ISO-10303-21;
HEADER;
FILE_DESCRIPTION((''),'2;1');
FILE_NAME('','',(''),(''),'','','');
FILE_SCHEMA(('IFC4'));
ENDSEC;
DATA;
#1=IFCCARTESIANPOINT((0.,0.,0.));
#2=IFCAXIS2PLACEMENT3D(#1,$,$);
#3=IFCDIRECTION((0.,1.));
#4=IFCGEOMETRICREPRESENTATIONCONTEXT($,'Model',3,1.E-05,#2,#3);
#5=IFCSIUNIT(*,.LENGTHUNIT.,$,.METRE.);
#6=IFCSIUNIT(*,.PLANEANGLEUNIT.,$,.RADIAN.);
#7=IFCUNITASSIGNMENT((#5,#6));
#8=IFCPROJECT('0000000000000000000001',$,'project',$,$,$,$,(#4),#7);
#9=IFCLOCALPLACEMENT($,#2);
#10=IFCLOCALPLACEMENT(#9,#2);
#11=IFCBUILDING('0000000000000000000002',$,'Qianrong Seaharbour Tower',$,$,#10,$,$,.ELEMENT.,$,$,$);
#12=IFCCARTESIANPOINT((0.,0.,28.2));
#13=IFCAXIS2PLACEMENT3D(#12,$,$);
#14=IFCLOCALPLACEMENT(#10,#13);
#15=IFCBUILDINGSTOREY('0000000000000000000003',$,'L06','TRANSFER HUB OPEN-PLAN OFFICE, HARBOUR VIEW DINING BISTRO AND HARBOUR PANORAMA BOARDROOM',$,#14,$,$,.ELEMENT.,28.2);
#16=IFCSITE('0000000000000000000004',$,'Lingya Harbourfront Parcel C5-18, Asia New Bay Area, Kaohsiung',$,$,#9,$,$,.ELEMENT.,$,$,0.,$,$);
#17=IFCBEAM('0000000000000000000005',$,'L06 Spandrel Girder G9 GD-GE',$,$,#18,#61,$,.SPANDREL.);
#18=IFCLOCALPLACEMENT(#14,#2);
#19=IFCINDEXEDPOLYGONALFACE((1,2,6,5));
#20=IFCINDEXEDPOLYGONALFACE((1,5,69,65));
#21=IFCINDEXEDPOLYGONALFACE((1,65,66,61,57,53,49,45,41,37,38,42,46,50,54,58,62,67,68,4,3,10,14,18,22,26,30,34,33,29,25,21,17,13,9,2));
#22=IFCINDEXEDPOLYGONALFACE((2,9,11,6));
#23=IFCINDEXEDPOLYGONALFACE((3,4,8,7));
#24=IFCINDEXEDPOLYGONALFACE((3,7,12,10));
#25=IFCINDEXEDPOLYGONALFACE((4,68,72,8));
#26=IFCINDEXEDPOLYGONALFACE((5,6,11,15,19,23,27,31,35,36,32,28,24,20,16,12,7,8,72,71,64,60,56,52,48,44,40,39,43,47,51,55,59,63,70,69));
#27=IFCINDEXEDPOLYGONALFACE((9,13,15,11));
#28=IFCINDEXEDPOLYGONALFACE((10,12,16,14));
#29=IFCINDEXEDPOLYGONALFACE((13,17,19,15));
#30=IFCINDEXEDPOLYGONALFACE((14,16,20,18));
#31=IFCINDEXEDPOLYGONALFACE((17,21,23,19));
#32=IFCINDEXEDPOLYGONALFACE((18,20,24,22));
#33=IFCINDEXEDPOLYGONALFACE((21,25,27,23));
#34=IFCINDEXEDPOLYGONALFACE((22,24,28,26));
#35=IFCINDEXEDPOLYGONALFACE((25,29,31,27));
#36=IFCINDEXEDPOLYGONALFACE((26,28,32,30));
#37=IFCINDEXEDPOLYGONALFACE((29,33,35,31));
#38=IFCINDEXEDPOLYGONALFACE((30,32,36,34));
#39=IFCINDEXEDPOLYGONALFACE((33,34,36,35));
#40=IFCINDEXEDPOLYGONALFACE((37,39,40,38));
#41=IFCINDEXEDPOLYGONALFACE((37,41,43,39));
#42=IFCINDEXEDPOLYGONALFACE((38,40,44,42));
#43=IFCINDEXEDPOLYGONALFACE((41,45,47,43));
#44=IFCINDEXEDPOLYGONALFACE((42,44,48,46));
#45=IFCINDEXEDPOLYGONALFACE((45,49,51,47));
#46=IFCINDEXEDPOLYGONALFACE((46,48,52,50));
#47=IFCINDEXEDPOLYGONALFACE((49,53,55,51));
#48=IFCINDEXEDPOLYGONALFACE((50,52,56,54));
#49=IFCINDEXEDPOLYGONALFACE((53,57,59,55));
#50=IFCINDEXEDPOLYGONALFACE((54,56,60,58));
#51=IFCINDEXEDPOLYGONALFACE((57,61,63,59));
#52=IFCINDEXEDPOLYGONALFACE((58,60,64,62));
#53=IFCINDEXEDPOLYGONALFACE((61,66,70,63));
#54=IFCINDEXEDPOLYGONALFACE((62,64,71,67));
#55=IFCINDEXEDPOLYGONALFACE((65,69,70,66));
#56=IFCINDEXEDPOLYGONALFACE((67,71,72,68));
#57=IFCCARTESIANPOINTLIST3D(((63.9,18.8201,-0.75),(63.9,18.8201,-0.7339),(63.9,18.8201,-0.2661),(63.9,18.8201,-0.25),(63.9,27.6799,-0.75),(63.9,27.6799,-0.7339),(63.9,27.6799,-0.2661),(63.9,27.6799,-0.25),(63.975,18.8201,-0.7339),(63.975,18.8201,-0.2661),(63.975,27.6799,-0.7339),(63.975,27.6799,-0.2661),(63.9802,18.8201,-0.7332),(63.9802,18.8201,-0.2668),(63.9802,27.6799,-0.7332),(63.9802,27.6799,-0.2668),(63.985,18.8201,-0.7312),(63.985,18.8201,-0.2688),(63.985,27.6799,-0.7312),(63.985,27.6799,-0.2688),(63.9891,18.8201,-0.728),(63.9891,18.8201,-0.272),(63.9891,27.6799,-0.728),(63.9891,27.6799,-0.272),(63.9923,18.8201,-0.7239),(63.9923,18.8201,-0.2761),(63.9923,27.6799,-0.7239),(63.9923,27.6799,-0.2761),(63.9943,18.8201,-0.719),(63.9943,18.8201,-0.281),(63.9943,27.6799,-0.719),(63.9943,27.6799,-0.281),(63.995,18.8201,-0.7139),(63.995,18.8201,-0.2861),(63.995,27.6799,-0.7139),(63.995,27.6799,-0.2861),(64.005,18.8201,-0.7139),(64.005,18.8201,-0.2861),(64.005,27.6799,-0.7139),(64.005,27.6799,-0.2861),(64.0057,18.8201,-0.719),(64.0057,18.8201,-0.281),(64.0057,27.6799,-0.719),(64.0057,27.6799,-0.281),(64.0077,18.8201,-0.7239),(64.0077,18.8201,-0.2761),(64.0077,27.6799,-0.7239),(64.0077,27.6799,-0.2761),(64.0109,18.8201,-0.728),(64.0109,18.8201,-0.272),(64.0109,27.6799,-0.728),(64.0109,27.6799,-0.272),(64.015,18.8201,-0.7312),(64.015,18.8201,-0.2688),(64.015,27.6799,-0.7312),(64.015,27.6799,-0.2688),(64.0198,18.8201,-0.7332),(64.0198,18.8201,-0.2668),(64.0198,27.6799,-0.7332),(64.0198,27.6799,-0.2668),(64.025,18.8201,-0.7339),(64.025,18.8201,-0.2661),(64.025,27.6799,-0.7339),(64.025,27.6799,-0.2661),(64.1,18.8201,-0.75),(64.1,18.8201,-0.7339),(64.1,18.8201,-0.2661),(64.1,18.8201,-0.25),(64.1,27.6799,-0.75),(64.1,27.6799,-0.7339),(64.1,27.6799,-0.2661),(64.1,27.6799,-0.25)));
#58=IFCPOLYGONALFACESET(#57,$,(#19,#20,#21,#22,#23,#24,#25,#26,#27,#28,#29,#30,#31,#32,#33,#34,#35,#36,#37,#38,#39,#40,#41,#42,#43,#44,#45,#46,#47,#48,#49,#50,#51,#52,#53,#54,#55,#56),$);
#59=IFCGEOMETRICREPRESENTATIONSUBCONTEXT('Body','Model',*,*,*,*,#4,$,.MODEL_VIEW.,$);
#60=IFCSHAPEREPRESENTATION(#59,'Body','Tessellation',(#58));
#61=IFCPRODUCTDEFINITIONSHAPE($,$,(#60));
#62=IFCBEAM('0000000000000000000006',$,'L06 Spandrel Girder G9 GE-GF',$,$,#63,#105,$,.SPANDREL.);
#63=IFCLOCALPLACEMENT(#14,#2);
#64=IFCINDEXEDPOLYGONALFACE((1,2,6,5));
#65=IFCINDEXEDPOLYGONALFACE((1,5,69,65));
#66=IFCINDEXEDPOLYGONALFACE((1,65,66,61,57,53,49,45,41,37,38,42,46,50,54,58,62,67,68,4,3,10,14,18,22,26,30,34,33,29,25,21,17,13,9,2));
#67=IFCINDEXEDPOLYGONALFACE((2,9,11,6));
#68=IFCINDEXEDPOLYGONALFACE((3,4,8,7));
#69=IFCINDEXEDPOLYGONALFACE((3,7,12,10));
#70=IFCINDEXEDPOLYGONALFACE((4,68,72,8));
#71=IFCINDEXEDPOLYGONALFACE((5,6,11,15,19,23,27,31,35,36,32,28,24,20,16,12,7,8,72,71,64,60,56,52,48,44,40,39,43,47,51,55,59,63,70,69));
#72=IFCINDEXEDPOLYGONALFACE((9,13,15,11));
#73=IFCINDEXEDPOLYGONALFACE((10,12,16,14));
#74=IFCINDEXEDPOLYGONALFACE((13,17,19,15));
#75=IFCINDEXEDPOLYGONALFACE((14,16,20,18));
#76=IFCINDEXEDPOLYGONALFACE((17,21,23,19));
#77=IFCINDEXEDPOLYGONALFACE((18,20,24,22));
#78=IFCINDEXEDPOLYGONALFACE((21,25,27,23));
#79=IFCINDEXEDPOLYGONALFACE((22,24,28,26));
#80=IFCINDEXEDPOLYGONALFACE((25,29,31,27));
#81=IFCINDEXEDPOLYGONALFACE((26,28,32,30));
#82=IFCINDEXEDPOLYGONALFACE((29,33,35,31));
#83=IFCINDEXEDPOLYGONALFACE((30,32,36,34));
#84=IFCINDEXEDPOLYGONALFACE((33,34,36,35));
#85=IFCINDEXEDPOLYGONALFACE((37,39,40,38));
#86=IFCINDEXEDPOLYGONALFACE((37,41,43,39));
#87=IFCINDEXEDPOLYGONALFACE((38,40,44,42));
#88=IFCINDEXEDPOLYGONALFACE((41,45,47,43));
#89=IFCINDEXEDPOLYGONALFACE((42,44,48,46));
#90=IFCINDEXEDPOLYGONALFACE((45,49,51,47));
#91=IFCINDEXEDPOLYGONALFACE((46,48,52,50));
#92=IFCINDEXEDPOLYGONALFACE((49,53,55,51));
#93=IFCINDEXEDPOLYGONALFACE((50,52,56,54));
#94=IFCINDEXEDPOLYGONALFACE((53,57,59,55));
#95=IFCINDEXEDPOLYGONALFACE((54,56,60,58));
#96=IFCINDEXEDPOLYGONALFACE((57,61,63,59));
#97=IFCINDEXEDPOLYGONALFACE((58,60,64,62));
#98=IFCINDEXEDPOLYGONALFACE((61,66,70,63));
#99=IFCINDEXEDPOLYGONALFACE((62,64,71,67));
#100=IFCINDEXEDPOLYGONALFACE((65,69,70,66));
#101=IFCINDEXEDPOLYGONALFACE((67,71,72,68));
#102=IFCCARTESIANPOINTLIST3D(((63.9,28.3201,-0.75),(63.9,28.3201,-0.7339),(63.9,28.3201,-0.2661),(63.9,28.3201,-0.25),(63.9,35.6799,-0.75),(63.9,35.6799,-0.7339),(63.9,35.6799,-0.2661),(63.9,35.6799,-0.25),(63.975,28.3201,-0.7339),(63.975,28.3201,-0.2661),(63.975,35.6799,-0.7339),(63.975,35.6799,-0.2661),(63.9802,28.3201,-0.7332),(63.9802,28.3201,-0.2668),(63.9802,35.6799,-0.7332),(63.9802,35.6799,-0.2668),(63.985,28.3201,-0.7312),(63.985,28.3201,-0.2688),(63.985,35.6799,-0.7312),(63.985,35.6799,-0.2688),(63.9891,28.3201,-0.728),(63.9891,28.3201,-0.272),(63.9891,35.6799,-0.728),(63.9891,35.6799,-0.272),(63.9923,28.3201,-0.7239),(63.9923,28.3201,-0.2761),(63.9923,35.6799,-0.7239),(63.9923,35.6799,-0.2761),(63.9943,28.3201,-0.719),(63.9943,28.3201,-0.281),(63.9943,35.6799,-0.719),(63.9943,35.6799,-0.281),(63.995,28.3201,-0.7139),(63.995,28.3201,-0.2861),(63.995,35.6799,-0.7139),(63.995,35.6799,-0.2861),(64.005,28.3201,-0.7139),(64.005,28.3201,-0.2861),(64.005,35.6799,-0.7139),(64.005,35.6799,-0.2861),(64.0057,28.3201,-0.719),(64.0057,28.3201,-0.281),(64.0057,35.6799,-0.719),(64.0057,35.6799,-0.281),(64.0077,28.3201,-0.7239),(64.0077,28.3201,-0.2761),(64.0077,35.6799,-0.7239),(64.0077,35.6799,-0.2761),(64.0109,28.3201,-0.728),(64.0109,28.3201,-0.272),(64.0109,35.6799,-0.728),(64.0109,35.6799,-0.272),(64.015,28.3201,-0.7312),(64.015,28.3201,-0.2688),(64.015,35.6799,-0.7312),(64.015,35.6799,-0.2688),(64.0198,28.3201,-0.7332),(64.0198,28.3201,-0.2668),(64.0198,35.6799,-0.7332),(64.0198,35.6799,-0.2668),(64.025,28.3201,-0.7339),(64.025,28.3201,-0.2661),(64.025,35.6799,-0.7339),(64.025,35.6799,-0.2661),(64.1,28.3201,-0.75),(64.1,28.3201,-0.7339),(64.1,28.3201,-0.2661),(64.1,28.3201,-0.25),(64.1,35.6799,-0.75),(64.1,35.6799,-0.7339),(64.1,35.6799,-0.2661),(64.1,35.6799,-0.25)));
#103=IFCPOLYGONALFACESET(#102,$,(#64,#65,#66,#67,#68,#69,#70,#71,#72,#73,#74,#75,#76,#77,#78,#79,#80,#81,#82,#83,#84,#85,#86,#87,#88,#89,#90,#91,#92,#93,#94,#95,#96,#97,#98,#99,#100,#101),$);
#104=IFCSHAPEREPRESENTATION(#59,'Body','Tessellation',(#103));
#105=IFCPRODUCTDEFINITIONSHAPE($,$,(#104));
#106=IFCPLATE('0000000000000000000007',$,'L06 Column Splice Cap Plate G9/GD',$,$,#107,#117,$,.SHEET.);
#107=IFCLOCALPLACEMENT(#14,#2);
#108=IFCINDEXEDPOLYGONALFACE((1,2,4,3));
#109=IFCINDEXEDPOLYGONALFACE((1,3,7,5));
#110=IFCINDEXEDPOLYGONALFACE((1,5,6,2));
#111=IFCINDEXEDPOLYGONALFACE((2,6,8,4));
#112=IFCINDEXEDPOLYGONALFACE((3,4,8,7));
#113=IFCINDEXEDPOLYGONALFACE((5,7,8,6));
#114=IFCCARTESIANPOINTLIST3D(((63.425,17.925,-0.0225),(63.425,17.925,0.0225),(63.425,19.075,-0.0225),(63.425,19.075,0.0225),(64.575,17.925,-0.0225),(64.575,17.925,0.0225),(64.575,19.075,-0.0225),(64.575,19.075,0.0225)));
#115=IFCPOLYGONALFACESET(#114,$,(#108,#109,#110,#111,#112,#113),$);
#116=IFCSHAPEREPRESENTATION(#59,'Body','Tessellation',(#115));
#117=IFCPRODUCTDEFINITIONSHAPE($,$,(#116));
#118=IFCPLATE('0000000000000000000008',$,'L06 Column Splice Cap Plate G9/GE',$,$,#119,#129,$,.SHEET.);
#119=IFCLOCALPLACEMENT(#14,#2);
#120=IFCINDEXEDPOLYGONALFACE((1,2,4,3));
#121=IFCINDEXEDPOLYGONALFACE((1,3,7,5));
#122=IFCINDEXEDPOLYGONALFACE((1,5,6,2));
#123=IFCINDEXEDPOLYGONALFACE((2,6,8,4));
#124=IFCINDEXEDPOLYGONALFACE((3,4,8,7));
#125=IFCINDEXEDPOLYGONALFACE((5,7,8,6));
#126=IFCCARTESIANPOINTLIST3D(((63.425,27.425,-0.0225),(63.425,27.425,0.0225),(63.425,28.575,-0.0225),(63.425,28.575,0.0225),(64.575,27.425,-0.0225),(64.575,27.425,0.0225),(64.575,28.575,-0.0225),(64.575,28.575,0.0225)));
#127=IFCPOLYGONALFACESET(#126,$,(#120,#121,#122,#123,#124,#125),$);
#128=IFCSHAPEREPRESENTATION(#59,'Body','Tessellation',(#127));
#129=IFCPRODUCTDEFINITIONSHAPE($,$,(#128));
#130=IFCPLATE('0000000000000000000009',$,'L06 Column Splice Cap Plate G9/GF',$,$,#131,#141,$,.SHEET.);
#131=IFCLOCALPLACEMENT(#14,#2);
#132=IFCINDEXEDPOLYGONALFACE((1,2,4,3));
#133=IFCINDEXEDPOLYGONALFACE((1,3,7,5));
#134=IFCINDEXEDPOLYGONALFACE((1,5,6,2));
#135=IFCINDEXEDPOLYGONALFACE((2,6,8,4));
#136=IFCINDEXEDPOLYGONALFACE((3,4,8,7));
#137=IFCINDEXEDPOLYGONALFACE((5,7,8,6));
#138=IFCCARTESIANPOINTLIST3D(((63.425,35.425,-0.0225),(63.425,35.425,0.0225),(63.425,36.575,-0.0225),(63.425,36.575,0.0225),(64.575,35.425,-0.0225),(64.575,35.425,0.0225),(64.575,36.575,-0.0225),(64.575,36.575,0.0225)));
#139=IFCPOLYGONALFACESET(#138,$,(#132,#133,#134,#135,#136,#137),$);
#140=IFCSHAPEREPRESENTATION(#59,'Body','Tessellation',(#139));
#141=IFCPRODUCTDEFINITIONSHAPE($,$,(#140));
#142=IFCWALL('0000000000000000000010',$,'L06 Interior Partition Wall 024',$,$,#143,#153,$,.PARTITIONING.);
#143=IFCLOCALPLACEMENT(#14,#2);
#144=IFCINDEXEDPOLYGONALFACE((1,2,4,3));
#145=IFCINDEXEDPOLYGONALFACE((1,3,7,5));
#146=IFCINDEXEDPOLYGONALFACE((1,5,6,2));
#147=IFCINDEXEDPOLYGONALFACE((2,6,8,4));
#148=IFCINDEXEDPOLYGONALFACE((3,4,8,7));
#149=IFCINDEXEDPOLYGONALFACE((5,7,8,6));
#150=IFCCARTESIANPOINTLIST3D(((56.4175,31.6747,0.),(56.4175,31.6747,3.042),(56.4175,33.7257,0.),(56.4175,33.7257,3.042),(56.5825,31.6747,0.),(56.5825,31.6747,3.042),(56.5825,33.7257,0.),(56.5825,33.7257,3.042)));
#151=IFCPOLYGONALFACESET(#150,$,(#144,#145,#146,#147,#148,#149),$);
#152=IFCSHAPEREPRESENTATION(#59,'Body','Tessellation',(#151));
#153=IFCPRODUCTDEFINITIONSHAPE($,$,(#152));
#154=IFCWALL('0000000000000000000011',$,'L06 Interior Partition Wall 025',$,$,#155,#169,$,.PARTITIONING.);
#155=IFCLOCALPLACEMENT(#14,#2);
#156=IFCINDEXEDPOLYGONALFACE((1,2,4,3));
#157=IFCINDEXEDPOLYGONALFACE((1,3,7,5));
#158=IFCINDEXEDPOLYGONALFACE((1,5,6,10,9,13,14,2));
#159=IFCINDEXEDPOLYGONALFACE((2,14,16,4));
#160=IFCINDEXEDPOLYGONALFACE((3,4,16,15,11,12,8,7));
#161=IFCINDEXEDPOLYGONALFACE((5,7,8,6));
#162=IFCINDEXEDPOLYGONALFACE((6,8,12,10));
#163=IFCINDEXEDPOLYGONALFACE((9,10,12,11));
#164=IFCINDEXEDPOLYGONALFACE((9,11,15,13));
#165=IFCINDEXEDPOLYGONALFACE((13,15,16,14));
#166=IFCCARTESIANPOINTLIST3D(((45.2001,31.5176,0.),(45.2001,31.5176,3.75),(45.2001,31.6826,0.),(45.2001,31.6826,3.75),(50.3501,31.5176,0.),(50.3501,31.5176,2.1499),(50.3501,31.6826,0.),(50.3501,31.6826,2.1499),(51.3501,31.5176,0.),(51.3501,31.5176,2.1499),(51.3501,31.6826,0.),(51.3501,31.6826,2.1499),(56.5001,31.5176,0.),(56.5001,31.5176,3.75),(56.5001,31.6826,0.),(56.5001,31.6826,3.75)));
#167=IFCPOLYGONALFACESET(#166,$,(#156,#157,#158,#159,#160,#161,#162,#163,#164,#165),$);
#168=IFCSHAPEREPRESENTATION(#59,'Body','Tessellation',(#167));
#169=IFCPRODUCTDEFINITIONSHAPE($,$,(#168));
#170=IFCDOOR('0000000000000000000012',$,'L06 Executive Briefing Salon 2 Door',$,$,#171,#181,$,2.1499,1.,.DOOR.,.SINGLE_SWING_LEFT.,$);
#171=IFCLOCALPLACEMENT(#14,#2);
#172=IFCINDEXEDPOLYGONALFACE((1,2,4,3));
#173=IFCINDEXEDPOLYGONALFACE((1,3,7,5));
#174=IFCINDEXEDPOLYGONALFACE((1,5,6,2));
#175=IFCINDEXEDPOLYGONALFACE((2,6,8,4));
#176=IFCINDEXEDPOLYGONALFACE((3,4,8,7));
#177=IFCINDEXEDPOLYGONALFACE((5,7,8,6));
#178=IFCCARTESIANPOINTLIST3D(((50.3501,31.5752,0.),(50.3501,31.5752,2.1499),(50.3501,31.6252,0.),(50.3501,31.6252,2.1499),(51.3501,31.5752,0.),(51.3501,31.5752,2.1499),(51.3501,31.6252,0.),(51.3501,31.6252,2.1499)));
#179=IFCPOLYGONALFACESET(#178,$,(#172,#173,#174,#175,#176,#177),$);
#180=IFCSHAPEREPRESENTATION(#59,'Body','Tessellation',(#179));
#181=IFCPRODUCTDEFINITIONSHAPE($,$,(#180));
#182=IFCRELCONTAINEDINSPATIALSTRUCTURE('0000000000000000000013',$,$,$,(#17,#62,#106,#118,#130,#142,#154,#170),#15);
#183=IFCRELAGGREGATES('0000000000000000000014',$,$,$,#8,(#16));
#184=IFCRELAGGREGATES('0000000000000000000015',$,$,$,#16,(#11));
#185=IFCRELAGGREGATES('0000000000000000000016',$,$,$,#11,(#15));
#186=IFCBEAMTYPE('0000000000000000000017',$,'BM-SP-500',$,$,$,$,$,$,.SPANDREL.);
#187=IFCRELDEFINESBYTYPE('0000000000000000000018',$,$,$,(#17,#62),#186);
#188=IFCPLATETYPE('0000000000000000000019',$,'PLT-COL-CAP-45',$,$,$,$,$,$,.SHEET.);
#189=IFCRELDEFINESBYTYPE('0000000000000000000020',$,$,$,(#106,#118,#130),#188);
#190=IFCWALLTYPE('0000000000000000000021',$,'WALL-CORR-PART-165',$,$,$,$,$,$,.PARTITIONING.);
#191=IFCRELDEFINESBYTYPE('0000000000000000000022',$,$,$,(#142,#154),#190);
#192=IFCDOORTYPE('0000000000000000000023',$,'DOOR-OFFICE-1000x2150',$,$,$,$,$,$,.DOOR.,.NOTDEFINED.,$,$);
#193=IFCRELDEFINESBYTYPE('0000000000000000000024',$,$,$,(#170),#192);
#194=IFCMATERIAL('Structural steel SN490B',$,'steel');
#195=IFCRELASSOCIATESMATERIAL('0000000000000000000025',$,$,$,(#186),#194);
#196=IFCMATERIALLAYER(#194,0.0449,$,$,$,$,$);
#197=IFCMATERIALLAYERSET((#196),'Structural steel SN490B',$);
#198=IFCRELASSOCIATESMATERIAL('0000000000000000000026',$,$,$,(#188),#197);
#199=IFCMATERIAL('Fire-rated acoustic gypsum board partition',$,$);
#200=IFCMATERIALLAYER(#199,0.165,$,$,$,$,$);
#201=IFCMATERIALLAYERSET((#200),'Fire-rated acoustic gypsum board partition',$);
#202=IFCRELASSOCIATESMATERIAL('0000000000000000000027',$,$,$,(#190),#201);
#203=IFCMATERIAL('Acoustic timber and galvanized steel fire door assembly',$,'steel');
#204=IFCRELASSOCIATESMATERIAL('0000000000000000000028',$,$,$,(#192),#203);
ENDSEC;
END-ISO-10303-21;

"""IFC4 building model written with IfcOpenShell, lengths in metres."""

from ifc_helpers import new_model, si_unit, direction, frame, frame_2d, origin, origin_2d, place, context, subcontext, project, spatial, rectangle, i_section, extrude, material, layer, layer_set, material_profile, profile_set, type_object, element, fill, save


model = new_model("IFC4")

# Units and contexts
model_context = context("Model", 3, precision=1e-05, world=origin(), true_north=direction((0.0, 1.0)))
body_context = subcontext(model_context, "Body", "Model", "MODEL_VIEW")
ifc_project = project(units=[si_unit("LENGTHUNIT", "METRE"), si_unit("PLANEANGLEUNIT", "RADIAN")], contexts=[model_context])

# Site, building, storey
site_placement = place(None, origin())
site = spatial("IfcSite", under=ifc_project, at=site_placement, Name="Lingya Harbourfront Parcel C5-18, Asia New Bay Area, Kaohsiung", CompositionType="ELEMENT", RefElevation=0.0)
building_placement = place(site_placement, origin())
building = spatial("IfcBuilding", under=site, at=building_placement, Name="Qianrong Seaharbour Tower", CompositionType="ELEMENT")
storey_placement = place(building_placement, frame((0.0, 0.0, 28.2)))
storey = spatial("IfcBuildingStorey", under=building, at=storey_placement, Name="L06", Description="TRANSFER HUB OPEN-PLAN OFFICE, HARBOUR VIEW DINING BISTRO AND HARBOUR PANORAMA BOARDROOM", CompositionType="ELEMENT", Elevation=28.2)

# Shared definitions
ifc_material_1 = material(Name="Structural steel SN490B", Category="steel")

# Beams
ifc_material_profile_1 = material_profile(ifc_material_1, i_section(OverallWidth=0.2, OverallDepth=0.5, WebThickness=0.01, FlangeThickness=0.0161, FilletRadius=0.02, at=origin_2d()), Name="H500x200x10x16")
ifc_profile_set_1 = profile_set([ifc_material_profile_1], Name="Structural steel SN490B")
beam_type_1 = type_object("IfcBeamType", Name="BM-SP-500", PredefinedType="SPANDREL", material=ifc_profile_set_1)
beam_1_placement = place(storey_placement, frame((64.0, 18.8201, -0.5), z_axis=(0.0, 1.0, 0.0), x_axis=(-1.0, 0.0, 0.0)))
element("IfcBeam", 1, at=beam_1_placement, inside=storey, type_object=beam_type_1, Name="L06 Spandrel Girder G9 GD-GE", PredefinedType="SPANDREL", context=body_context, shape_type="SweptSolid", body=[
    extrude(i_section(OverallWidth=0.2, OverallDepth=0.5, WebThickness=0.01, FlangeThickness=0.0161, FilletRadius=0.02, at=origin_2d()), origin(), (0.0, 0.0, 1.0), 8.8599),
])
beam_2_placement = place(storey_placement, frame((64.0, 28.3201, -0.5), z_axis=(0.0, 1.0, 0.0), x_axis=(-1.0, 0.0, 0.0)))
element("IfcBeam", 2, at=beam_2_placement, inside=storey, type_object=beam_type_1, Name="L06 Spandrel Girder G9 GE-GF", PredefinedType="SPANDREL", context=body_context, shape_type="SweptSolid", body=[
    extrude(i_section(OverallWidth=0.2, OverallDepth=0.5, WebThickness=0.01, FlangeThickness=0.0161, FilletRadius=0.02, at=origin_2d()), origin(), (0.0, 0.0, 1.0), 7.3599),
])

# Plates
ifc_layer_1 = layer(ifc_material_1, 0.0449)
ifc_layer_set_1 = layer_set([ifc_layer_1], Name="Structural steel SN490B")
plate_type = type_object("IfcPlateType", Name="PLT-COL-CAP-45", PredefinedType="SHEET", material=ifc_layer_set_1)
for number, where, z_axis, x_axis, name in (
    (3, (64.0, 18.5, -0.0225), (0.0, 0.0, 1.0), (1.0, 0.0, 0.0), "L06 Column Splice Cap Plate G9/GD"),
    (4, (64.0, 28.0, -0.0225), (0.0, 0.0, 1.0), (1.0, 0.0, 0.0), "L06 Column Splice Cap Plate G9/GE"),
    (5, (64.0, 36.0, -0.0225), (0.0, 0.0, 1.0), (1.0, 0.0, 0.0), "L06 Column Splice Cap Plate G9/GF"),
):
    element("IfcPlate", number, at=place(storey_placement, frame(where, z_axis=z_axis, x_axis=x_axis)), inside=storey, type_object=plate_type, Name=name, PredefinedType="SHEET", context=body_context, shape_type="SweptSolid", body=[
        extrude(rectangle(XDim=1.1499, YDim=1.1499, at=origin_2d()), origin(), (0.0, 0.0, 1.0), 0.0449),
    ])

# Wall
ifc_material_2 = material(Name="Fire-rated acoustic gypsum board partition")
ifc_layer_2 = layer(ifc_material_2, 0.165)
ifc_layer_set_2 = layer_set([ifc_layer_2], Name="Fire-rated acoustic gypsum board partition")
wall_type_1 = type_object("IfcWallType", Name="WALL-CORR-PART-165", PredefinedType="PARTITIONING", material=ifc_layer_set_2)
wall_1_placement = place(storey_placement, frame((56.5, 33.7256, 0.0), z_axis=(0.0, 0.0, 1.0), x_axis=(0.0, -1.0, 0.0)))
element("IfcWall", 6, at=wall_1_placement, inside=storey, type_object=wall_type_1, Name="L06 Interior Partition Wall 024", PredefinedType="PARTITIONING", context=body_context, shape_type="SweptSolid", body=[
    extrude(rectangle(XDim=2.051, YDim=0.165, at=frame_2d((1.0254, 0.0))), origin(), (0.0, 0.0, 1.0), 3.042),
])

# Wall, opening, door
wall_2_placement = place(storey_placement, frame((56.5, 31.6001, 0.0), z_axis=(0.0, 0.0, 1.0), x_axis=(-1.0, 0.0, 0.0)))
wall_2 = element("IfcWall", 7, at=wall_2_placement, inside=storey, type_object=wall_type_1, Name="L06 Interior Partition Wall 025", PredefinedType="PARTITIONING", context=body_context, shape_type="SweptSolid", body=[
    extrude(rectangle(XDim=11.3, YDim=0.165, at=frame_2d((5.6499, 0.0))), origin(), (0.0, 0.0, 1.0), 3.75),
])
opening_1_placement = place(wall_2_placement, frame((5.1499, 0.0, 0.0)))
opening_1 = element("IfcOpeningElement", 8, at=opening_1_placement, cuts=wall_2, PredefinedType="OPENING", context=body_context, shape_type="SweptSolid", body=[
    extrude(rectangle(XDim=1.0, YDim=2.1499, at=frame_2d((0.5, 1.075))), frame((0.0, 0.0925, 0.0), z_axis=(0.0, -1.0, 0.0), x_axis=(1.0, 0.0, 0.0)), (0.0, 0.0, 1.0), 0.1851),
])
ifc_material_3 = material(Name="Acoustic timber and galvanized steel fire door assembly", Category="steel")
door_type_1 = type_object("IfcDoorType", Name="DOOR-OFFICE-1000x2150", OperationType="NOTDEFINED", PredefinedType="DOOR", material=ifc_material_3)
door_1_placement = place(opening_1_placement, origin())
door_1 = element("IfcDoor", 9, at=door_1_placement, inside=storey, type_object=door_type_1, Name="L06 Executive Briefing Salon 2 Door", OperationType="SINGLE_SWING_LEFT", OverallHeight=2.1499, OverallWidth=1.0, PredefinedType="DOOR", context=body_context, shape_type="SweptSolid", body=[
    extrude(rectangle(XDim=1.0, YDim=2.1499, at=frame_2d((0.5, 1.075))), frame((0.0, 0.0249, 0.0), z_axis=(0.0, -1.0, 0.0), x_axis=(1.0, 0.0, 0.0)), (0.0, 0.0, 1.0), 0.05),
])
fill(opening_1, door_1)

save(model, "model.ifc")
